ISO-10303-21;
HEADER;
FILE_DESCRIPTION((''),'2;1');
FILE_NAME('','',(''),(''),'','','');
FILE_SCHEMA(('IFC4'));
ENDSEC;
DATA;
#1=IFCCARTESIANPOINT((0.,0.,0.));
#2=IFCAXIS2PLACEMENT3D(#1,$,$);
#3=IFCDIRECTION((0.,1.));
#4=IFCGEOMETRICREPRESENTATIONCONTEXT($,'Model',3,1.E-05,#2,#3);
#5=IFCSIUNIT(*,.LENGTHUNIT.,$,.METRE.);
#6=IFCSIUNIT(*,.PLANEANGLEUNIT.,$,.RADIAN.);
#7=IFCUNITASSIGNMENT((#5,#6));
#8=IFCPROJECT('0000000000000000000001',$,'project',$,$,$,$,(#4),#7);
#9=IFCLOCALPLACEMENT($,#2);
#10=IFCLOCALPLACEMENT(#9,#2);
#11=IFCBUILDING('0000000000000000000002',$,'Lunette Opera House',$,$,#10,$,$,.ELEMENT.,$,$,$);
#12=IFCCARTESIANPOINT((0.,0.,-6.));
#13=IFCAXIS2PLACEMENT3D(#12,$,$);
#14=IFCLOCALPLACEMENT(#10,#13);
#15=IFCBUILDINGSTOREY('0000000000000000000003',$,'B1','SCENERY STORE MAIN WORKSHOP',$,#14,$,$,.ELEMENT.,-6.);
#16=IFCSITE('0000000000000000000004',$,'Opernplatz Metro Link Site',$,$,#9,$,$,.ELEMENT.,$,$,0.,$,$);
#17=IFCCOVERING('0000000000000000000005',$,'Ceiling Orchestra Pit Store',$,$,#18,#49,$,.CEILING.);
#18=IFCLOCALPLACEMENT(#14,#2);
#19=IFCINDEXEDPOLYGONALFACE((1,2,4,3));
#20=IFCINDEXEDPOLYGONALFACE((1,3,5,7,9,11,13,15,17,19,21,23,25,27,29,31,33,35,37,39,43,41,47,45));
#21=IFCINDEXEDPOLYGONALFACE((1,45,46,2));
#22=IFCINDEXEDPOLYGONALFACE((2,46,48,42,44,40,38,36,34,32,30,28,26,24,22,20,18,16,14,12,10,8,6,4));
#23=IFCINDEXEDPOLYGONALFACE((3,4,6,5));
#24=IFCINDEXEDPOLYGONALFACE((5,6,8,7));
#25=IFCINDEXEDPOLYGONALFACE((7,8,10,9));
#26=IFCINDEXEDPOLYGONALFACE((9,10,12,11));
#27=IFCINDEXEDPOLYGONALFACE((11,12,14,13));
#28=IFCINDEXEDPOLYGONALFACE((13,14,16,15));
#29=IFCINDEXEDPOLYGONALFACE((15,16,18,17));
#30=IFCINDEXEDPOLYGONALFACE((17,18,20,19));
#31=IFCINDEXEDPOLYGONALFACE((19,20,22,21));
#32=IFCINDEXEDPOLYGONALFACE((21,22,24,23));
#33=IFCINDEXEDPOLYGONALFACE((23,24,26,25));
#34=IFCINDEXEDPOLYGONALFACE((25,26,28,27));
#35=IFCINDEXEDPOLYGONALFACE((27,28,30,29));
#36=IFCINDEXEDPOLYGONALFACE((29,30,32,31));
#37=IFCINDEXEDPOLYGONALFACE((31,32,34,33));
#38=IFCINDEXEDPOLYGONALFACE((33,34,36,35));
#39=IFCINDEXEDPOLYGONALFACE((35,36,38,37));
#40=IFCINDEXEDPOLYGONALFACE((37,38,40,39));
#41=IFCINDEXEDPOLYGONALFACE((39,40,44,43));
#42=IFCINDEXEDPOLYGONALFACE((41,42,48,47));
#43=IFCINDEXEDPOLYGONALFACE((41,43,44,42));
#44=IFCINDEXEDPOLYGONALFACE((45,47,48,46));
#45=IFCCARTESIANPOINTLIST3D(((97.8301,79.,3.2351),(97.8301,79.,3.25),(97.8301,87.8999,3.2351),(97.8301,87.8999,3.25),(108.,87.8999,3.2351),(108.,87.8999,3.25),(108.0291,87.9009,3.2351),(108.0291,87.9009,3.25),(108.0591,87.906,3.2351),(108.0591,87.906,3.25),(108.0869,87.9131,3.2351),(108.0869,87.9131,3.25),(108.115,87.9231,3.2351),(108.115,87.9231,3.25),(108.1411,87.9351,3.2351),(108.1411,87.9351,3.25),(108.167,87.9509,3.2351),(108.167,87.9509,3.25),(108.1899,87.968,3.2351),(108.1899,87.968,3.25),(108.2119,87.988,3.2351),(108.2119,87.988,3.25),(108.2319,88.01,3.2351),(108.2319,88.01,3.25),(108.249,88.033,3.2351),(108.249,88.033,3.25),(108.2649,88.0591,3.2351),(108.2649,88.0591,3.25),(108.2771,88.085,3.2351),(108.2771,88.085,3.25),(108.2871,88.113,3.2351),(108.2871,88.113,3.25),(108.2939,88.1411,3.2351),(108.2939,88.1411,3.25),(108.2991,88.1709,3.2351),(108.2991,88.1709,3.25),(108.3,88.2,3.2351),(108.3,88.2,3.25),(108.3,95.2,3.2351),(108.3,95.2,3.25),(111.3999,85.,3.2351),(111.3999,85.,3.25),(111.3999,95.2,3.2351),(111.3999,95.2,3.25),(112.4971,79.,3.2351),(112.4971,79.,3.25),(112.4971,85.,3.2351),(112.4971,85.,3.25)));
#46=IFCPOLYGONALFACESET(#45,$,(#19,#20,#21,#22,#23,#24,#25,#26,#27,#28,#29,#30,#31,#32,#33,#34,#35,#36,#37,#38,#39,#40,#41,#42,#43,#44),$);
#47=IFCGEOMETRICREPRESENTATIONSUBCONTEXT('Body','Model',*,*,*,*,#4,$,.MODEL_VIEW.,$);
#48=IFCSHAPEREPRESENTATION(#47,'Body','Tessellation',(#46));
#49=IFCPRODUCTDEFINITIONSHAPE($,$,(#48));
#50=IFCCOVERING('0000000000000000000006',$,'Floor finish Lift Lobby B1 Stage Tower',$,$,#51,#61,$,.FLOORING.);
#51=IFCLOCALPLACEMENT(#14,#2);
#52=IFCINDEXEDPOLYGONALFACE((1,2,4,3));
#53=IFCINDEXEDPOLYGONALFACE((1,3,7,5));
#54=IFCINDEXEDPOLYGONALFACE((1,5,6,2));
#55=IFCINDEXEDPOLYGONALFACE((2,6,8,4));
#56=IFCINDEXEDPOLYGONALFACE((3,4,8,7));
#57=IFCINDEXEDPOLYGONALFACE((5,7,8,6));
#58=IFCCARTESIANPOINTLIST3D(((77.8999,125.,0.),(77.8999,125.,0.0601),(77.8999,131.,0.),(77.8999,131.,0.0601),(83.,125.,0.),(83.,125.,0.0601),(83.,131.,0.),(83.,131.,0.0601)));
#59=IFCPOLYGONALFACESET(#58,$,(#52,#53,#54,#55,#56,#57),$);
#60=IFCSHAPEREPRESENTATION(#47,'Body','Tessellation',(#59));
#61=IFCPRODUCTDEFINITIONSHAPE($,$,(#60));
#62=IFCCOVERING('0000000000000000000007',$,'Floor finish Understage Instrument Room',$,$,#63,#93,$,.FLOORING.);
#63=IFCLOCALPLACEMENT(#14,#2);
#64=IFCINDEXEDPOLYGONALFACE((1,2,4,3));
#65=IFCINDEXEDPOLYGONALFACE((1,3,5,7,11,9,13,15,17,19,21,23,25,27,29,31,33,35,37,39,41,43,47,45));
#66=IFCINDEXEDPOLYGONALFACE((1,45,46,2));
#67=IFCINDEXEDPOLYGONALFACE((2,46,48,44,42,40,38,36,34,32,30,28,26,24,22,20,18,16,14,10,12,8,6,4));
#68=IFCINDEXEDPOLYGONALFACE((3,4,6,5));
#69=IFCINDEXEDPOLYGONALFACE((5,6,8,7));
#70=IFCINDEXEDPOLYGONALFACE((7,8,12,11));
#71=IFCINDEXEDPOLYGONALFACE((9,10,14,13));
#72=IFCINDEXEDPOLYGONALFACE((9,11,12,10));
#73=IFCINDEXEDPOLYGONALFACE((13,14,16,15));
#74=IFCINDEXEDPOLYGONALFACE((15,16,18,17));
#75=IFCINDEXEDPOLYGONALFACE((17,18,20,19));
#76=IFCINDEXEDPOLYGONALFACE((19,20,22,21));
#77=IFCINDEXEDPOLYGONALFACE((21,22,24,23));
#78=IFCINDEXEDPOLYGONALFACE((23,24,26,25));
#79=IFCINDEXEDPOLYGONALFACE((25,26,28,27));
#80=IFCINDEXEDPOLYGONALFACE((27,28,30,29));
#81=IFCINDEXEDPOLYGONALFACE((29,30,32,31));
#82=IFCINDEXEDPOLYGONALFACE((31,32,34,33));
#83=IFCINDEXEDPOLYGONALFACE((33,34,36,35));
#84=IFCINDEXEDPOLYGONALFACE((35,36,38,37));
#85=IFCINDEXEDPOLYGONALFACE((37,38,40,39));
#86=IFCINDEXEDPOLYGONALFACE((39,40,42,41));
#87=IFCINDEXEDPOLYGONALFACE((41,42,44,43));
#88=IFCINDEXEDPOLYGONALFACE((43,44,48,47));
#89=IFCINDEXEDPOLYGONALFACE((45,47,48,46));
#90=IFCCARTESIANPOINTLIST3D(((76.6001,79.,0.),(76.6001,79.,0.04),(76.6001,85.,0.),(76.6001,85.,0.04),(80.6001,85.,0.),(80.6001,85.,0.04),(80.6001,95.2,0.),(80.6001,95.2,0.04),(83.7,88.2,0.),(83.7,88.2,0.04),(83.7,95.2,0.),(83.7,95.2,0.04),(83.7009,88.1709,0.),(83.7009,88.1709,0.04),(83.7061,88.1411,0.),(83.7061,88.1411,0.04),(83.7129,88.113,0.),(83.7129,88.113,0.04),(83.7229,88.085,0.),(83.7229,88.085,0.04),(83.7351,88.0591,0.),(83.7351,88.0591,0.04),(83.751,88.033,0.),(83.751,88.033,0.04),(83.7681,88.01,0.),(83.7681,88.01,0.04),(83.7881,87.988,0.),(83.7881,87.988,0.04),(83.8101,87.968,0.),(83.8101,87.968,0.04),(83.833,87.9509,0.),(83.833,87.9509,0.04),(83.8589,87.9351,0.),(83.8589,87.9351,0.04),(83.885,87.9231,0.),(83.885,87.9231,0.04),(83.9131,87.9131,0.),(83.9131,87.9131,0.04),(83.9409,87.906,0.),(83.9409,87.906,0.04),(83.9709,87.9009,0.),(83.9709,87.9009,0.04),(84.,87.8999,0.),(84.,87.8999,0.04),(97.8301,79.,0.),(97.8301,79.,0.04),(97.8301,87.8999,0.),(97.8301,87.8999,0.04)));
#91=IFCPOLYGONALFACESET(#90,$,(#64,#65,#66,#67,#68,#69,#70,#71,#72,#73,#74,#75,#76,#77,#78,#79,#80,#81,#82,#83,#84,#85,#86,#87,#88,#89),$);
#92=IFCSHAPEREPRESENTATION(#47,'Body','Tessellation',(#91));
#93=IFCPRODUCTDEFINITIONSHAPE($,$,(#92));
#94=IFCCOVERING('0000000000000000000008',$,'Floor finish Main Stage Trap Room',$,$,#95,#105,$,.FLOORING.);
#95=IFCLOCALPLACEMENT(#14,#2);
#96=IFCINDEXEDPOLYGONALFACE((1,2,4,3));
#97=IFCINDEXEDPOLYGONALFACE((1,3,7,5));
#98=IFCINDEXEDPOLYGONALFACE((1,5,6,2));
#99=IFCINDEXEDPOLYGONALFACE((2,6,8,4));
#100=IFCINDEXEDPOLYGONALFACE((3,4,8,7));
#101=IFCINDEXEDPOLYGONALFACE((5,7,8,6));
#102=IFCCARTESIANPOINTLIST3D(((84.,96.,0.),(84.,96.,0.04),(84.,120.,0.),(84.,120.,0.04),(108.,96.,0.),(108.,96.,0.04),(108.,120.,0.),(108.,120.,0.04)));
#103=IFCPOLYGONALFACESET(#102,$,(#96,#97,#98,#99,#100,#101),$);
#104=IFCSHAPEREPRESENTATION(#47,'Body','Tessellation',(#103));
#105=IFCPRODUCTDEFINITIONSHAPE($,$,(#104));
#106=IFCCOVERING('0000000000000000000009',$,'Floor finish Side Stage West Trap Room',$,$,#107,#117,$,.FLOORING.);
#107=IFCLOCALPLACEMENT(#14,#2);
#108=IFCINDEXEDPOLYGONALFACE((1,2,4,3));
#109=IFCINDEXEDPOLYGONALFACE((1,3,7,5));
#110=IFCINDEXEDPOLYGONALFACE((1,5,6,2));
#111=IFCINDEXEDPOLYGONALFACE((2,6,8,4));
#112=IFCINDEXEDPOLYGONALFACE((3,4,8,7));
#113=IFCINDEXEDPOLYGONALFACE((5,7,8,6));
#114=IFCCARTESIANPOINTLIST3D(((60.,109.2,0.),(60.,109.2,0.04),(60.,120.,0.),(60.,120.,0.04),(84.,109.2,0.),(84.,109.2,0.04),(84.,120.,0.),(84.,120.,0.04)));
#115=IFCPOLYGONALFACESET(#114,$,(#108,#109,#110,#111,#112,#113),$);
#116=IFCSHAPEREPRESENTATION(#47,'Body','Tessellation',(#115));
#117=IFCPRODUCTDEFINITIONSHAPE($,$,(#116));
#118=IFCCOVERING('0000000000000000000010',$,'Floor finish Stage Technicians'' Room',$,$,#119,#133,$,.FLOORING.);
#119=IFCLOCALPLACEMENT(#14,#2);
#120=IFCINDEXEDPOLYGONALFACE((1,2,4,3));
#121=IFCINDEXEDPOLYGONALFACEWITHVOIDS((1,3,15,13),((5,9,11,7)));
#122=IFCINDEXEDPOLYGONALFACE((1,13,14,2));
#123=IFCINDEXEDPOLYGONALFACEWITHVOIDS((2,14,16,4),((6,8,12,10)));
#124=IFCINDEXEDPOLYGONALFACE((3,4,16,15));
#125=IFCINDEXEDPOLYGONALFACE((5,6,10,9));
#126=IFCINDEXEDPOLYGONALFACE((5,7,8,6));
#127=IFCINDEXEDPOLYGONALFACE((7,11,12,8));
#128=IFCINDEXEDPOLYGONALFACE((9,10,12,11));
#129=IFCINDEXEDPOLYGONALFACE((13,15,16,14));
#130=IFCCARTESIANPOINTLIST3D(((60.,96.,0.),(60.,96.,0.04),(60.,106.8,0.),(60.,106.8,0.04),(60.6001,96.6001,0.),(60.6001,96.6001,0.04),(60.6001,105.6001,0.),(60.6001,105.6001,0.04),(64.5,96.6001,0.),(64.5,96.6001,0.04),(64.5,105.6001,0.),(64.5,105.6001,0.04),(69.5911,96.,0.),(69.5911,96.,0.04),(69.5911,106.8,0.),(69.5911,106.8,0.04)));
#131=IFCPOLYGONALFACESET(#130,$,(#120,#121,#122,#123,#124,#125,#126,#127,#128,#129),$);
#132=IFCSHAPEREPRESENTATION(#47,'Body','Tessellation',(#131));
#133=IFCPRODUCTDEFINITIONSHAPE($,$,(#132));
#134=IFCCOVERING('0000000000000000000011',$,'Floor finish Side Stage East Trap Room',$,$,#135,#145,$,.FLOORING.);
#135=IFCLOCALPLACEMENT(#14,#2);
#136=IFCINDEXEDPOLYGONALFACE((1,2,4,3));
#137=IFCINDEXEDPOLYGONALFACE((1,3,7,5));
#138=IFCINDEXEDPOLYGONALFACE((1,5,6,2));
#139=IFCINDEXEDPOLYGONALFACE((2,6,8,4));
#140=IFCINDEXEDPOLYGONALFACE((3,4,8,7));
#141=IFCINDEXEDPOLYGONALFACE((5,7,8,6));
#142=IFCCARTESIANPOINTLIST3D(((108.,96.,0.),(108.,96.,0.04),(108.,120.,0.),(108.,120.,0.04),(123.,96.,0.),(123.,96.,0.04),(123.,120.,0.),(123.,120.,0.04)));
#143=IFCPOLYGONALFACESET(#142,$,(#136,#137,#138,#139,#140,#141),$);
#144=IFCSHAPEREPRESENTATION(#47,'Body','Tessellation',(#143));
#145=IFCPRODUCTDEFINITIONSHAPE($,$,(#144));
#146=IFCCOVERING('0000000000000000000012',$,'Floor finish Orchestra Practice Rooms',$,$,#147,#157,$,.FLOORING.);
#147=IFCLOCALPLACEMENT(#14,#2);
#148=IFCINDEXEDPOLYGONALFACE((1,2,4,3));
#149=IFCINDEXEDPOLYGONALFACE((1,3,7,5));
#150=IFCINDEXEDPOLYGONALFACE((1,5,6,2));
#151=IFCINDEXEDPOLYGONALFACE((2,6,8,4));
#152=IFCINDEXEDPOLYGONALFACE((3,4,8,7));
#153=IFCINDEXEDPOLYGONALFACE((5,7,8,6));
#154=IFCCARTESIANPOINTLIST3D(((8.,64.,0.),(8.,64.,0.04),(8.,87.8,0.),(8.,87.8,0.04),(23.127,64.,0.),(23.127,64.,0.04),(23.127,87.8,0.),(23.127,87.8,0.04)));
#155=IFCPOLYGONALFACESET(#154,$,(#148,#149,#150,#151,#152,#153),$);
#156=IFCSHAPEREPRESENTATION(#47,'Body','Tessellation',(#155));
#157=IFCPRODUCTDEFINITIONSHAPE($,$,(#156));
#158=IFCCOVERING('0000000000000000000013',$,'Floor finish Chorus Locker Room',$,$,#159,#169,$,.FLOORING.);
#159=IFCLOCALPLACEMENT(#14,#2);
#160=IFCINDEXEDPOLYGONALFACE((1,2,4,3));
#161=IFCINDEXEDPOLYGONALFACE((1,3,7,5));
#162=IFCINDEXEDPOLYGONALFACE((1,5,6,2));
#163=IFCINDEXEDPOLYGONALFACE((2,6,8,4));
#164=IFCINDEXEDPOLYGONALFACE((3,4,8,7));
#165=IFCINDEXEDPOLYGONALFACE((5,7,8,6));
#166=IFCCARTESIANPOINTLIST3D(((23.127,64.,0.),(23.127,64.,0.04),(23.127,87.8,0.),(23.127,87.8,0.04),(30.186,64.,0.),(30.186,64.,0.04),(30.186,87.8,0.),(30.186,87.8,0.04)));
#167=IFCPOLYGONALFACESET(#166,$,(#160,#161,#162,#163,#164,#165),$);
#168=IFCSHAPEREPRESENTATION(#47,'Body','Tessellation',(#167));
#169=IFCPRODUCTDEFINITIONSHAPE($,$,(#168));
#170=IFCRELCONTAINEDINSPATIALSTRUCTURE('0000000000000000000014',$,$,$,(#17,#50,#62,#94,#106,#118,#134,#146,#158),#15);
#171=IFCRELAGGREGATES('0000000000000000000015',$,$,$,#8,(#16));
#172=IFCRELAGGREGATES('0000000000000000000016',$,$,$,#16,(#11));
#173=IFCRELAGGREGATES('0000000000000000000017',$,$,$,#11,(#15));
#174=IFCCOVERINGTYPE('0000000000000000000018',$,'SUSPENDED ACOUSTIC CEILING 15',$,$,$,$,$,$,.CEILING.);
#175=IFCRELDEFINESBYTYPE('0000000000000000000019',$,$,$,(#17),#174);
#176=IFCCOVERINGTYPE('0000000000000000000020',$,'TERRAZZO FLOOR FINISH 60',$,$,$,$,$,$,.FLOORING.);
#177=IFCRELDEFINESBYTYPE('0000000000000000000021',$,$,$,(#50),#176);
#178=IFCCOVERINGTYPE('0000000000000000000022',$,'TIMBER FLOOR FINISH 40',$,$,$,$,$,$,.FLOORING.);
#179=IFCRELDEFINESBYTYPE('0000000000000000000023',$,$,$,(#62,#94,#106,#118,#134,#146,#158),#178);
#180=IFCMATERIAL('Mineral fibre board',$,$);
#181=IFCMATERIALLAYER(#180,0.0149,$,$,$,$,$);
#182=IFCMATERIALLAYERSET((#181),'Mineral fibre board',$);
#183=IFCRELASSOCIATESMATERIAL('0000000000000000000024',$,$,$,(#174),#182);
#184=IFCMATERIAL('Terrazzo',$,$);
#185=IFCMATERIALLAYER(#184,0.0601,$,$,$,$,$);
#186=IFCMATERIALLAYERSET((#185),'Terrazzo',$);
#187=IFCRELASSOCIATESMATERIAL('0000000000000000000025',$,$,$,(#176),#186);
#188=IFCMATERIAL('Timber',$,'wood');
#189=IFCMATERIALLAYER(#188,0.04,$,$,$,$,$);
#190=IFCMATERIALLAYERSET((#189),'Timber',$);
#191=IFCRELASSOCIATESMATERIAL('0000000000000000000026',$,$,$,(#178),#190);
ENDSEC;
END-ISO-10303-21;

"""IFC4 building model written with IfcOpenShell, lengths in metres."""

from ifc_helpers import new_model, si_unit, direction, frame, origin, place, context, subcontext, project, spatial, polyline, outline, extrude, material, layer, layer_set, type_object, element, save


model = new_model("IFC4")

# Units and contexts
model_context = context("Model", 3, precision=1e-05, world=origin(), true_north=direction((0.0, 1.0)))
body_context = subcontext(model_context, "Body", "Model", "MODEL_VIEW")
ifc_project = project(units=[si_unit("LENGTHUNIT", "METRE"), si_unit("PLANEANGLEUNIT", "RADIAN")], contexts=[model_context])

# Site, building, storey
site_placement = place(None, origin())
site = spatial("IfcSite", under=ifc_project, at=site_placement, Name="Opernplatz Metro Link Site", CompositionType="ELEMENT", RefElevation=0.0)
building_placement = place(site_placement, origin())
building = spatial("IfcBuilding", under=site, at=building_placement, Name="Lunette Opera House", CompositionType="ELEMENT")
storey_placement = place(building_placement, frame((0.0, 0.0, -6.0)))
storey = spatial("IfcBuildingStorey", under=building, at=storey_placement, Name="B1", Description="SCENERY STORE MAIN WORKSHOP", CompositionType="ELEMENT", Elevation=-6.0)

# Coverings
ifc_material_1 = material(Name="Mineral fibre board")
ifc_layer_1 = layer(ifc_material_1, 0.0149)
ifc_layer_set_1 = layer_set([ifc_layer_1], Name="Mineral fibre board")
covering_type_1 = type_object("IfcCoveringType", Name="SUSPENDED ACOUSTIC CEILING 15", PredefinedType="CEILING", material=ifc_layer_set_1)
covering_1_placement = place(storey_placement, frame((0.0, 0.0, 3.2351)))
element("IfcCovering", 1, at=covering_1_placement, inside=storey, type_object=covering_type_1, Name="Ceiling Orchestra Pit Store", PredefinedType="CEILING", context=body_context, shape_type="SweptSolid", body=[
    extrude(outline(polyline([(108.0591, 87.906), (108.0869, 87.9131), (108.115, 87.9231), (108.1411, 87.9351), (108.167, 87.9509), (108.1899, 87.968), (108.2119, 87.988), (108.2319, 88.01), (108.249, 88.033), (108.2649, 88.0591), (108.2771, 88.085), (108.2871, 88.113), (108.2939, 88.1411), (108.2991, 88.1709), (108.3, 88.2), (108.3, 95.2), (111.3999, 95.2), (111.3999, 85.0), (112.4971, 85.0), (112.4971, 79.0), (97.8301, 79.0), (97.8301, 87.8999), (108.0, 87.8999), (108.0291, 87.9009), (108.0591, 87.906)])), origin(), (0.0, 0.0, 1.0), 0.0149),
])
ifc_material_2 = material(Name="Terrazzo")
ifc_layer_2 = layer(ifc_material_2, 0.0601)
ifc_layer_set_2 = layer_set([ifc_layer_2], Name="Terrazzo")
covering_type_2 = type_object("IfcCoveringType", Name="TERRAZZO FLOOR FINISH 60", PredefinedType="FLOORING", material=ifc_layer_set_2)
covering_2_placement = place(storey_placement, origin())
element("IfcCovering", 2, at=covering_2_placement, inside=storey, type_object=covering_type_2, Name="Floor finish Lift Lobby B1 Stage Tower", PredefinedType="FLOORING", context=body_context, shape_type="SweptSolid", body=[
    extrude(outline(polyline([(83.0, 125.0), (83.0, 131.0), (77.8999, 131.0), (77.8999, 125.0), (83.0, 125.0)])), origin(), (0.0, 0.0, 1.0), 0.0601),
])
ifc_material_3 = material(Name="Timber", Category="wood")
ifc_layer_3 = layer(ifc_material_3, 0.04)
ifc_layer_set_3 = layer_set([ifc_layer_3], Name="Timber")
covering_type_3 = type_object("IfcCoveringType", Name="TIMBER FLOOR FINISH 40", PredefinedType="FLOORING", material=ifc_layer_set_3)
covering_3_placement = place(storey_placement, origin())
element("IfcCovering", 3, at=covering_3_placement, inside=storey, type_object=covering_type_3, Name="Floor finish Understage Instrument Room", PredefinedType="FLOORING", context=body_context, shape_type="SweptSolid", body=[
    extrude(outline(polyline([(80.6001, 95.2), (83.7, 95.2), (83.7, 88.2), (83.7009, 88.1709), (83.7061, 88.1411), (83.7129, 88.113), (83.7229, 88.085), (83.7351, 88.0591), (83.751, 88.033), (83.7681, 88.01), (83.7881, 87.988), (83.8101, 87.968), (83.833, 87.9509), (83.8589, 87.9351), (83.885, 87.9231), (83.9131, 87.9131), (83.9409, 87.906), (83.9709, 87.9009), (84.0, 87.8999), (97.8301, 87.8999), (97.8301, 79.0), (76.6001, 79.0), (76.6001, 85.0), (80.6001, 85.0), (80.6001, 95.2)])), origin(), (0.0, 0.0, 1.0), 0.04),
])
covering_4_placement = place(storey_placement, origin())
element("IfcCovering", 4, at=covering_4_placement, inside=storey, type_object=covering_type_3, Name="Floor finish Main Stage Trap Room", PredefinedType="FLOORING", context=body_context, shape_type="SweptSolid", body=[
    extrude(outline(polyline([(108.0, 96.0), (108.0, 120.0), (84.0, 120.0), (84.0, 96.0), (108.0, 96.0)])), origin(), (0.0, 0.0, 1.0), 0.04),
])
covering_5_placement = place(storey_placement, origin())
element("IfcCovering", 5, at=covering_5_placement, inside=storey, type_object=covering_type_3, Name="Floor finish Side Stage West Trap Room", PredefinedType="FLOORING", context=body_context, shape_type="SweptSolid", body=[
    extrude(outline(polyline([(84.0, 120.0), (84.0, 109.2), (60.0, 109.2), (60.0, 120.0), (84.0, 120.0)])), origin(), (0.0, 0.0, 1.0), 0.04),
])
covering_6_placement = place(storey_placement, origin())
element("IfcCovering", 6, at=covering_6_placement, inside=storey, type_object=covering_type_3, Name="Floor finish Stage Technicians' Room", PredefinedType="FLOORING", context=body_context, shape_type="SweptSolid", body=[
    extrude(outline(polyline([(60.0, 96.0), (60.0, 106.8), (69.5911, 106.8), (69.5911, 96.0), (60.0, 96.0)]), holes=[polyline([(60.6001, 105.6001), (60.6001, 96.6001), (64.5, 96.6001), (64.5, 105.6001), (60.6001, 105.6001)])]), origin(), (0.0, 0.0, 1.0), 0.04),
])
covering_7_placement = place(storey_placement, origin())
element("IfcCovering", 7, at=covering_7_placement, inside=storey, type_object=covering_type_3, Name="Floor finish Side Stage East Trap Room", PredefinedType="FLOORING", context=body_context, shape_type="SweptSolid", body=[
    extrude(outline(polyline([(123.0, 120.0), (123.0, 96.0), (108.0, 96.0), (108.0, 120.0), (123.0, 120.0)])), origin(), (0.0, 0.0, 1.0), 0.04),
])
covering_8_placement = place(storey_placement, origin())
element("IfcCovering", 8, at=covering_8_placement, inside=storey, type_object=covering_type_3, Name="Floor finish Orchestra Practice Rooms", PredefinedType="FLOORING", context=body_context, shape_type="SweptSolid", body=[
    extrude(outline(polyline([(8.0, 64.0), (8.0, 87.8), (23.127, 87.8), (23.127, 64.0), (8.0, 64.0)])), origin(), (0.0, 0.0, 1.0), 0.04),
])
covering_9_placement = place(storey_placement, origin())
element("IfcCovering", 9, at=covering_9_placement, inside=storey, type_object=covering_type_3, Name="Floor finish Chorus Locker Room", PredefinedType="FLOORING", context=body_context, shape_type="SweptSolid", body=[
    extrude(outline(polyline([(23.127, 64.0), (23.127, 87.8), (30.186, 87.8), (30.186, 64.0), (23.127, 64.0)])), origin(), (0.0, 0.0, 1.0), 0.04),
])

save(model, "model.ifc")
